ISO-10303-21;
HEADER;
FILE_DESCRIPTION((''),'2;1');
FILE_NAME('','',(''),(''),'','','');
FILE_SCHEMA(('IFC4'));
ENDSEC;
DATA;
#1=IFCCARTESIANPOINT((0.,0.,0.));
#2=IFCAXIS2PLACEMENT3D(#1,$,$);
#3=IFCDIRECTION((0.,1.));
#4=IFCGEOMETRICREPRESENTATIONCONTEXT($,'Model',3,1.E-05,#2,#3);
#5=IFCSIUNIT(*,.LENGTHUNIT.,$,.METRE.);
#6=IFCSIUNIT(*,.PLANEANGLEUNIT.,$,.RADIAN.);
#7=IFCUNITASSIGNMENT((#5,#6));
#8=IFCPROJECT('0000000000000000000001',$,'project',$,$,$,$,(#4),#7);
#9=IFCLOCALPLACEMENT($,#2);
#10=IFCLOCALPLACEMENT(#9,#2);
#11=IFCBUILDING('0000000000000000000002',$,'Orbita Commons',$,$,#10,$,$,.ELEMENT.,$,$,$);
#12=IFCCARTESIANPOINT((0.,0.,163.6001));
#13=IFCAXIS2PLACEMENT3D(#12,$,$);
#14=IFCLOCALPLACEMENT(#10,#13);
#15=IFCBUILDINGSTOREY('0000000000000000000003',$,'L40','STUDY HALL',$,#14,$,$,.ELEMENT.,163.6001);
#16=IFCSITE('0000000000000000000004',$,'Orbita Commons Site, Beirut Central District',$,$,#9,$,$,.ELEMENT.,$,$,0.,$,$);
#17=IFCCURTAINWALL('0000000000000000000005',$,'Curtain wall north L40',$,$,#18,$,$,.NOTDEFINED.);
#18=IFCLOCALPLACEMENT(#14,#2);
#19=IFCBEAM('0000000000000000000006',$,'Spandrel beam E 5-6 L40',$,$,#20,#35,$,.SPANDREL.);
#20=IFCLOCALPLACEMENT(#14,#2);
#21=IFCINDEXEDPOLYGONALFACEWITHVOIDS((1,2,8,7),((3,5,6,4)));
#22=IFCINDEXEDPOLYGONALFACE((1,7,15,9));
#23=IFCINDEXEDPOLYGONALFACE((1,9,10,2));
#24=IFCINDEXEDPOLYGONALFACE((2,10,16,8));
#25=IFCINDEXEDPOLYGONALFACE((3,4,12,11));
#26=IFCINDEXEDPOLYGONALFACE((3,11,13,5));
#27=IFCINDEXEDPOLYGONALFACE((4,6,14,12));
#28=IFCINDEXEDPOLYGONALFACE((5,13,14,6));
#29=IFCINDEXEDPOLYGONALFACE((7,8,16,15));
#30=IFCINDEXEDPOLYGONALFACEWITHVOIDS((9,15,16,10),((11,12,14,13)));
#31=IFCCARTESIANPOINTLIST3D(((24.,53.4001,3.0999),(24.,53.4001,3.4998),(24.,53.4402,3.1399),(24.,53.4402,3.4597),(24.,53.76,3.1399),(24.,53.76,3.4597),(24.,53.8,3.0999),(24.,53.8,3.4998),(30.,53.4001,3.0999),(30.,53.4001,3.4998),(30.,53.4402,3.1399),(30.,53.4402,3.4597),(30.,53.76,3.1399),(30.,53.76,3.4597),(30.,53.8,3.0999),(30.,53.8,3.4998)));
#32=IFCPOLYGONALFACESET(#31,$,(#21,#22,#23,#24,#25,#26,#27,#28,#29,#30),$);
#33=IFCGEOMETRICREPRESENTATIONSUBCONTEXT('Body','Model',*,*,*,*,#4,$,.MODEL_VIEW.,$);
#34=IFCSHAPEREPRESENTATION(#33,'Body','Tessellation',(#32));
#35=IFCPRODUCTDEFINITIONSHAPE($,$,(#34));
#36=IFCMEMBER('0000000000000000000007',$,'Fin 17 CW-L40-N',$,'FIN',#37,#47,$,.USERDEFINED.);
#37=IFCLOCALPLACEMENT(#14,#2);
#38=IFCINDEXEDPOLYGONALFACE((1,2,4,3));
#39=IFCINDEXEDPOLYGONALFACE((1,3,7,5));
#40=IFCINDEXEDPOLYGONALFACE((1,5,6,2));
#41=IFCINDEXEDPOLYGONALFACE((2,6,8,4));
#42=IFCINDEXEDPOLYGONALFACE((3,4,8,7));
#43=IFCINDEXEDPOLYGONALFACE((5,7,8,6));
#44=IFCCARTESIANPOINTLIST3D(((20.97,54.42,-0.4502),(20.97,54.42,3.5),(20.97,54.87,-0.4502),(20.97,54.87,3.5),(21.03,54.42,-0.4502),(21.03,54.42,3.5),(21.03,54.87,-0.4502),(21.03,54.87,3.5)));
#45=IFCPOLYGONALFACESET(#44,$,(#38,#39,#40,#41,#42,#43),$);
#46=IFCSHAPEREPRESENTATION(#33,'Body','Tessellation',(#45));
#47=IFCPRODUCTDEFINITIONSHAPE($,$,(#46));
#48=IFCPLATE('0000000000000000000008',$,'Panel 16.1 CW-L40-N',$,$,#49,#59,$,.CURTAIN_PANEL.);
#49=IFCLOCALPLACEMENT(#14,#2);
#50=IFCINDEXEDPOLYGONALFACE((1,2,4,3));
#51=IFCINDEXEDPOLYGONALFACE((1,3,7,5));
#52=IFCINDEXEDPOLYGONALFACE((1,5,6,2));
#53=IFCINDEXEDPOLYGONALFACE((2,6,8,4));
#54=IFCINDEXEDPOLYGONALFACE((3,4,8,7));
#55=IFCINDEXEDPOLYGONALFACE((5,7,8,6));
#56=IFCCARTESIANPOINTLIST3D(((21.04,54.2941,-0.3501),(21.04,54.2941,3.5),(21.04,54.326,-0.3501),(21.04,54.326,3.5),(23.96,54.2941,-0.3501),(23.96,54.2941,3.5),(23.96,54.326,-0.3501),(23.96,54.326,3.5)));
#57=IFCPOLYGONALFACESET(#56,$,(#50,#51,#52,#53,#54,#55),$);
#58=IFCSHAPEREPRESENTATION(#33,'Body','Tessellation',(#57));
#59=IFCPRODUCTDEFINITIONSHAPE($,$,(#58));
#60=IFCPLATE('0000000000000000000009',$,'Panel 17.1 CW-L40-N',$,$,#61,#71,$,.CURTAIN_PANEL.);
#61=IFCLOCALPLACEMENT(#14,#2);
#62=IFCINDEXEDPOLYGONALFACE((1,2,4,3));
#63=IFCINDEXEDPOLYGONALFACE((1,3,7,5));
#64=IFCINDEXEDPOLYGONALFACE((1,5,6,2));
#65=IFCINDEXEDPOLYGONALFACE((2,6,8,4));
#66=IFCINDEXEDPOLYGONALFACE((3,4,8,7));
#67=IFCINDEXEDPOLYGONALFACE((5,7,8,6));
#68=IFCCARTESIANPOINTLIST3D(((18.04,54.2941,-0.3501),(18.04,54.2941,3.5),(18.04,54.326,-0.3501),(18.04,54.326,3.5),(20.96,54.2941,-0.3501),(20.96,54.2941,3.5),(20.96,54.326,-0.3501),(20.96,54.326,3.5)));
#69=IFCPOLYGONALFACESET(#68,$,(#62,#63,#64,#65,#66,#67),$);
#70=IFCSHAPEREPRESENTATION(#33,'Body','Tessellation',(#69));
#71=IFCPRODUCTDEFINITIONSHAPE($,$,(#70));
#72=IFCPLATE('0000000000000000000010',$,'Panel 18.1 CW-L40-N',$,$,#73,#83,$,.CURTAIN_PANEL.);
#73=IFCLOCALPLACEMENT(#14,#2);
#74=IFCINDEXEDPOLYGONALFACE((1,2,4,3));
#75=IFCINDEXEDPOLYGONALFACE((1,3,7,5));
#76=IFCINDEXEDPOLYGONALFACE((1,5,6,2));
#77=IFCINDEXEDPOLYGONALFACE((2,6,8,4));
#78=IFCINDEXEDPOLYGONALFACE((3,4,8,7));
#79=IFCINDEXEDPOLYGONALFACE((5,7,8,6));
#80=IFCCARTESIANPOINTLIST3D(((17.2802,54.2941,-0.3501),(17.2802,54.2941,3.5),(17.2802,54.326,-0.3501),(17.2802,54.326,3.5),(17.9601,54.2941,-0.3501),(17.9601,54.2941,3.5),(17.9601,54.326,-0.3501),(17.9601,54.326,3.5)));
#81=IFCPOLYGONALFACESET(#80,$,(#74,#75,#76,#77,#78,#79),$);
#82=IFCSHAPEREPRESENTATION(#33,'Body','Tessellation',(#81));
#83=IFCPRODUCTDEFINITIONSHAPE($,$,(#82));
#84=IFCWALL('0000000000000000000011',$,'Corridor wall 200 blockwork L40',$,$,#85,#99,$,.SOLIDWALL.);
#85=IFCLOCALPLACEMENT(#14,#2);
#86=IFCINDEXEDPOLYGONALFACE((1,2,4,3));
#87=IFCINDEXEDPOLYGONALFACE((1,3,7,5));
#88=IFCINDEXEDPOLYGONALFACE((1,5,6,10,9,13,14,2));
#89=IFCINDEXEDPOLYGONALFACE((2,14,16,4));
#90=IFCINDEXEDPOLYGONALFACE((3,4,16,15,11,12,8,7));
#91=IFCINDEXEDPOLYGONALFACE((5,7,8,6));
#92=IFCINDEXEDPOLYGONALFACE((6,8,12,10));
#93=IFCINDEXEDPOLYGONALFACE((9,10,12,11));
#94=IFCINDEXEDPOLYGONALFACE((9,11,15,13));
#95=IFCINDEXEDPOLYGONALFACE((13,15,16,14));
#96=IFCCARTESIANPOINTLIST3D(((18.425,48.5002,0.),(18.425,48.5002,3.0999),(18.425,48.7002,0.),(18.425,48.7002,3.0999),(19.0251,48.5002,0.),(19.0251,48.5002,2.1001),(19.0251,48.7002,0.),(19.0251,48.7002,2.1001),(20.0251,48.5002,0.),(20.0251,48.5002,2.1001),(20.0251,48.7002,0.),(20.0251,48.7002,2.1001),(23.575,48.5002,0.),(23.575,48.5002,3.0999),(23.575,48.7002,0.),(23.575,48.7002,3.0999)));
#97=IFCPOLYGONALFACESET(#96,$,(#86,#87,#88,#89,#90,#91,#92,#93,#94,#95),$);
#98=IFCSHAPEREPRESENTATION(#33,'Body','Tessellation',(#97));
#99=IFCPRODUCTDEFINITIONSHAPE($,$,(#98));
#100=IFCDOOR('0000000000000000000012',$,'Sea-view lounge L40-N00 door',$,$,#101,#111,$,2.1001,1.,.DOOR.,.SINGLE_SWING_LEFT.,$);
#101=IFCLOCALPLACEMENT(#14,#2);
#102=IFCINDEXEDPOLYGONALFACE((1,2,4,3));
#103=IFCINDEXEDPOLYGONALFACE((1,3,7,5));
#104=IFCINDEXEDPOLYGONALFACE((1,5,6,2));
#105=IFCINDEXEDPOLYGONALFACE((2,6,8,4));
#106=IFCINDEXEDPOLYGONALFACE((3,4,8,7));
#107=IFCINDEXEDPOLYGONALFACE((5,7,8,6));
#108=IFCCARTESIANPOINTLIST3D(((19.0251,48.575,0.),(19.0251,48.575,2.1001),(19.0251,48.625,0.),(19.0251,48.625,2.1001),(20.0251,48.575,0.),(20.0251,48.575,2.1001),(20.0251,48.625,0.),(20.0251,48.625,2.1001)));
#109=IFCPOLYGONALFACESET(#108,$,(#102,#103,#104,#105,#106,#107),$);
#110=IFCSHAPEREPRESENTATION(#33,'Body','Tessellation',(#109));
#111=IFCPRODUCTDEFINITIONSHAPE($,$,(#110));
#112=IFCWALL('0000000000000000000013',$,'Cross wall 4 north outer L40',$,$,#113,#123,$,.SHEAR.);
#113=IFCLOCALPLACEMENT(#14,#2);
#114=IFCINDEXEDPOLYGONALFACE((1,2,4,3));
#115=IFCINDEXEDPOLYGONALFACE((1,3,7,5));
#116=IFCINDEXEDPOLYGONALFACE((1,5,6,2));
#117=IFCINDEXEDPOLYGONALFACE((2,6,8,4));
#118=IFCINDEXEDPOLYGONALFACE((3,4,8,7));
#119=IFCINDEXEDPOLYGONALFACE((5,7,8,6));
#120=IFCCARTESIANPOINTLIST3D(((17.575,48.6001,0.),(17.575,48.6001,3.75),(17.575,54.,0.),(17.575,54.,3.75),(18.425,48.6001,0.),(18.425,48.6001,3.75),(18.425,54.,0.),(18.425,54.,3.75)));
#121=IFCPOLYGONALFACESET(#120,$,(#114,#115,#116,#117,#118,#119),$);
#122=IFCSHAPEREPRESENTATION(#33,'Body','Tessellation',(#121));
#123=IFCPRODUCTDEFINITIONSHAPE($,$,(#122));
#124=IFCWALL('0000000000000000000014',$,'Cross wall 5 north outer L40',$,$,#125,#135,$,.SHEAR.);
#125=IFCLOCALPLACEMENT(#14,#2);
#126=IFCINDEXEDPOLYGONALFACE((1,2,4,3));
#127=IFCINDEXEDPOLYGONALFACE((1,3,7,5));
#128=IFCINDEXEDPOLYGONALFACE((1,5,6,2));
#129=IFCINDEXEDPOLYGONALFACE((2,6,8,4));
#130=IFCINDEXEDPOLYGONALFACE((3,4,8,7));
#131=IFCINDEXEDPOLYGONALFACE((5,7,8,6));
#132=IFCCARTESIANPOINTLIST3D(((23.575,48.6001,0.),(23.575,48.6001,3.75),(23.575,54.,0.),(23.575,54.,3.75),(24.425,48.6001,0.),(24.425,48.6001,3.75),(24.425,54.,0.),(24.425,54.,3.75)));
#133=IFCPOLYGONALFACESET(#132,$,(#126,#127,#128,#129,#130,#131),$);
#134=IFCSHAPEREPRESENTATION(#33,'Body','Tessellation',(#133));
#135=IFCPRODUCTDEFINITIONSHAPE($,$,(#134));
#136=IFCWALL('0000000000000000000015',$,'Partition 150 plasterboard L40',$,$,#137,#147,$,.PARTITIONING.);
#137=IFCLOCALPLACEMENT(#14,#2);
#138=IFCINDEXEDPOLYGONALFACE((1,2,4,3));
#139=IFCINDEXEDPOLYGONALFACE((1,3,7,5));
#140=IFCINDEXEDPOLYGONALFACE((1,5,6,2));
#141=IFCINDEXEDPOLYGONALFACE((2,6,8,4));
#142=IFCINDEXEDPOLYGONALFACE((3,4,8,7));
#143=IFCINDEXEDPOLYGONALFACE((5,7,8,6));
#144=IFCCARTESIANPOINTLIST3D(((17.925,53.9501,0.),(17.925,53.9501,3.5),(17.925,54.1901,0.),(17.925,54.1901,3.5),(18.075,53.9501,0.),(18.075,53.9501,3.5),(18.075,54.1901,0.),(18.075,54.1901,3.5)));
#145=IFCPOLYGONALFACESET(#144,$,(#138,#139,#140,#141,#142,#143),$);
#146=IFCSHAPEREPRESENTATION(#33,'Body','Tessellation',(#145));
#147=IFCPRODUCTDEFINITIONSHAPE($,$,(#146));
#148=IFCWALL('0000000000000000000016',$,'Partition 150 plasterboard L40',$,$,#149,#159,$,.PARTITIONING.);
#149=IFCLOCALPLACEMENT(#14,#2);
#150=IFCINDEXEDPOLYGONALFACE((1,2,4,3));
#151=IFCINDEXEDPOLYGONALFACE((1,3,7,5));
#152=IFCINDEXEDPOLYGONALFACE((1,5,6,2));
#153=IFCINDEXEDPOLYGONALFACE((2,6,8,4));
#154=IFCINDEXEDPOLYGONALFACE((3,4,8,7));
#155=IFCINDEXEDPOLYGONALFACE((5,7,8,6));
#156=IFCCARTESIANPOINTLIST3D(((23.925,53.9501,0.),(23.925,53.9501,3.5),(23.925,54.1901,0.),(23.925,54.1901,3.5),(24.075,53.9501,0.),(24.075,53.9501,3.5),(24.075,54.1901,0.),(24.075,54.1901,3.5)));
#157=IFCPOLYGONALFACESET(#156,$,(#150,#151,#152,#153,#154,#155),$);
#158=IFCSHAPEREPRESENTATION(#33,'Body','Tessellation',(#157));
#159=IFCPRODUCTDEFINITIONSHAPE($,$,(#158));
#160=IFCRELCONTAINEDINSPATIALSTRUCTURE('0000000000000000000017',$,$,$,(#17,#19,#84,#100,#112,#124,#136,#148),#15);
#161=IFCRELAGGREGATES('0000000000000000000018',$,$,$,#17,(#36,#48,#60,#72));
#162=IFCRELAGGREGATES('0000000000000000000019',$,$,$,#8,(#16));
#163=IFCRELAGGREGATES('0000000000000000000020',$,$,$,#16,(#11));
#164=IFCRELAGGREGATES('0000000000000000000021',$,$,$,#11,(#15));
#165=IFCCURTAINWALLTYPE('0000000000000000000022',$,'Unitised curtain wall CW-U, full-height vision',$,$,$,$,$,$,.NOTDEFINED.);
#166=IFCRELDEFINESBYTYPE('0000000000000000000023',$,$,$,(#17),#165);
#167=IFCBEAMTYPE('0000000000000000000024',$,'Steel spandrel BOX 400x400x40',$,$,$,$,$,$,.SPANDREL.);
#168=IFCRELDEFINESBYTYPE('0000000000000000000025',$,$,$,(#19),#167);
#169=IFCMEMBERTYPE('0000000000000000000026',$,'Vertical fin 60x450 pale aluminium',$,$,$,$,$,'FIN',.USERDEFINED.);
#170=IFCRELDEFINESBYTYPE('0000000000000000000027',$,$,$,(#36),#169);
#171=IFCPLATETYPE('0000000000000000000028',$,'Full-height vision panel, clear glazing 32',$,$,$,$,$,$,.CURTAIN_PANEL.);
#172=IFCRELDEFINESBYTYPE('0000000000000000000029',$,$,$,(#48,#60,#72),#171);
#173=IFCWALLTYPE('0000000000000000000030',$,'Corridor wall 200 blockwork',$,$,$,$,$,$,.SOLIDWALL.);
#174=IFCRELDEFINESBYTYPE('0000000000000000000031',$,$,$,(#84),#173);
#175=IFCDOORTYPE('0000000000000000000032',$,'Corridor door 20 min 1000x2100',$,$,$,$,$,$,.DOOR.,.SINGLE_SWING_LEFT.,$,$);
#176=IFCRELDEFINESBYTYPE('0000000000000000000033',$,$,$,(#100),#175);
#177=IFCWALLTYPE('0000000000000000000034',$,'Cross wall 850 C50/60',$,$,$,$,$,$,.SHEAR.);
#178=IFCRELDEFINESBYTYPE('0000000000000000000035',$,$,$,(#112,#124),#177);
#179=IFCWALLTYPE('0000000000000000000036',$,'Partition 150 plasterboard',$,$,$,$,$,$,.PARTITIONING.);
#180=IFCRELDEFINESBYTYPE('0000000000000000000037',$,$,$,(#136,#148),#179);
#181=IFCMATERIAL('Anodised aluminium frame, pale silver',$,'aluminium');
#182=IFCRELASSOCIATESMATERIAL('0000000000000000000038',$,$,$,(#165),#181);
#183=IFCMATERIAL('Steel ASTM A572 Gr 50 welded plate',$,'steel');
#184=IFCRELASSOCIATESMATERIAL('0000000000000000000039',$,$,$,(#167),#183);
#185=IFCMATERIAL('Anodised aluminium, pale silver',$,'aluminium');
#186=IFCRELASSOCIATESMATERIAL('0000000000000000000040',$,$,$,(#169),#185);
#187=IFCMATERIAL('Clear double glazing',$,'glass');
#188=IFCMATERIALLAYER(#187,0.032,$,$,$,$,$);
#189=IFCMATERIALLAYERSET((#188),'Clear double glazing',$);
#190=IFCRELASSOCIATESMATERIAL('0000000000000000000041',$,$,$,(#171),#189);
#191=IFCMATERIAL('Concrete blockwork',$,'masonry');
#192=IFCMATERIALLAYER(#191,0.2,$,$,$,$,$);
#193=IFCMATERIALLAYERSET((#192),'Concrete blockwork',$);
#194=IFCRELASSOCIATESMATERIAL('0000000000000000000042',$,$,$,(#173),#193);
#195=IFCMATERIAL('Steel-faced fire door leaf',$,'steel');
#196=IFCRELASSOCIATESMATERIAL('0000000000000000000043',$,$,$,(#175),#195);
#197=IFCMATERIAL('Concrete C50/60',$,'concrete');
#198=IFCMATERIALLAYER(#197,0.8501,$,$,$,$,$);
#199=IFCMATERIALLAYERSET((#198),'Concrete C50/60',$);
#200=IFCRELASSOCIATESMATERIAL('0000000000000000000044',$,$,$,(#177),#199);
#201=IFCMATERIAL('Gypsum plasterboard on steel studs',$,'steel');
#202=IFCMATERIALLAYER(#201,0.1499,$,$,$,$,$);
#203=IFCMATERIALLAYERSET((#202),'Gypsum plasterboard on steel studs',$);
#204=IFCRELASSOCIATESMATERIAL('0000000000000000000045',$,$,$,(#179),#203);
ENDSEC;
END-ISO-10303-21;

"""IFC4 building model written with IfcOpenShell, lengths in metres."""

from ifc_helpers import new_model, si_unit, direction, frame, frame_2d, origin, origin_2d, place, context, subcontext, project, spatial, polyline, rectangle, hollow_rectangle, outline, extrude, material, layer, layer_set, material_profile, profile_set, type_object, element, fill, aggregate, save


model = new_model("IFC4")

# Units and contexts
model_context = context("Model", 3, precision=1e-05, world=origin(), true_north=direction((0.0, 1.0)))
body_context = subcontext(model_context, "Body", "Model", "MODEL_VIEW")
ifc_project = project(units=[si_unit("LENGTHUNIT", "METRE"), si_unit("PLANEANGLEUNIT", "RADIAN")], contexts=[model_context])

# Site, building, storey
site_placement = place(None, origin())
site = spatial("IfcSite", under=ifc_project, at=site_placement, Name="Orbita Commons Site, Beirut Central District", CompositionType="ELEMENT", RefElevation=0.0)
building_placement = place(site_placement, origin())
building = spatial("IfcBuilding", under=site, at=building_placement, Name="Orbita Commons", CompositionType="ELEMENT")
storey_placement = place(building_placement, frame((0.0, 0.0, 163.6001)))
storey = spatial("IfcBuildingStorey", under=building, at=storey_placement, Name="L40", Description="STUDY HALL", CompositionType="ELEMENT", Elevation=163.6001)

# Curtain wall
ifc_material_1 = material(Name="Anodised aluminium frame, pale silver", Category="aluminium")
curtain_wall_type = type_object("IfcCurtainWallType", Name="Unitised curtain wall CW-U, full-height vision", PredefinedType="NOTDEFINED", material=ifc_material_1)
curtain_wall_placement = place(storey_placement, origin())
curtain_wall = element("IfcCurtainWall", 1, at=curtain_wall_placement, inside=storey, type_object=curtain_wall_type, Name="Curtain wall north L40", PredefinedType="NOTDEFINED")

# Beam
ifc_material_2 = material(Name="Steel ASTM A572 Gr 50 welded plate", Category="steel")
ifc_material_profile_1 = material_profile(ifc_material_2, hollow_rectangle(XDim=0.3999, YDim=0.3999, WallThickness=0.04, at=origin_2d()), Name="BOX 400x400x40")
ifc_profile_set_1 = profile_set([ifc_material_profile_1], Name="Steel ASTM A572 Gr 50 welded plate")
beam_type_1 = type_object("IfcBeamType", Name="Steel spandrel BOX 400x400x40", PredefinedType="SPANDREL", material=ifc_profile_set_1)
for number, where, z_axis, x_axis, name in (
    (2, (24.0, 53.6001, 3.2998), (1.0, 0.0, 0.0), (0.0, 1.0, 0.0), "Spandrel beam E 5-6 L40"),
):
    element("IfcBeam", number, at=place(storey_placement, frame(where, z_axis=z_axis, x_axis=x_axis)), inside=storey, type_object=beam_type_1, Name=name, PredefinedType="SPANDREL", context=body_context, shape_type="SweptSolid", body=[
        extrude(hollow_rectangle(XDim=0.3999, YDim=0.3999, WallThickness=0.04, at=origin_2d()), origin(), (0.0, 0.0, 1.0), 6.0),
    ])

# Member
ifc_material_3 = material(Name="Anodised aluminium, pale silver", Category="aluminium")
ifc_material_profile_2 = material_profile(ifc_material_3, rectangle(XDim=0.0601, YDim=0.45, at=origin_2d()), Name="FIN 60x450")
ifc_profile_set_2 = profile_set([ifc_material_profile_2], Name="Anodised aluminium, pale silver")
member_type_1 = type_object("IfcMemberType", Name="Vertical fin 60x450 pale aluminium", ElementType="FIN", PredefinedType="USERDEFINED", material=ifc_profile_set_2)
member_1_placement = place(storey_placement, frame((21.0, 54.645, -0.4502), z_axis=(0.0, 0.0, 1.0), x_axis=(-1.0, 0.0, 0.0)))
member_1 = element("IfcMember", 3, at=member_1_placement, type_object=member_type_1, Name="Fin 17 CW-L40-N", ObjectType="FIN", PredefinedType="USERDEFINED", context=body_context, shape_type="SweptSolid", body=[
    extrude(rectangle(XDim=0.0601, YDim=0.45, at=origin_2d()), origin(), (0.0, 0.0, 1.0), 3.9502),
])

# Plates
ifc_material_4 = material(Name="Clear double glazing", Category="glass")
ifc_layer_1 = layer(ifc_material_4, 0.032)
ifc_layer_set_1 = layer_set([ifc_layer_1], Name="Clear double glazing")
plate_type = type_object("IfcPlateType", Name="Full-height vision panel, clear glazing 32", PredefinedType="CURTAIN_PANEL", material=ifc_layer_set_1)
plate_1_placement = place(storey_placement, frame((22.5, 54.3101, -0.3501), z_axis=(0.0, 0.0, 1.0), x_axis=(-1.0, 0.0, 0.0)))
plate_1 = element("IfcPlate", 4, at=plate_1_placement, type_object=plate_type, Name="Panel 16.1 CW-L40-N", PredefinedType="CURTAIN_PANEL", context=body_context, shape_type="SweptSolid", body=[
    extrude(rectangle(XDim=2.9199, YDim=0.032, at=origin_2d()), origin(), (0.0, 0.0, 1.0), 3.8501),
])
plate_2_placement = place(storey_placement, frame((19.5, 54.3101, -0.3501), z_axis=(0.0, 0.0, 1.0), x_axis=(-1.0, 0.0, 0.0)))
plate_2 = element("IfcPlate", 5, at=plate_2_placement, type_object=plate_type, Name="Panel 17.1 CW-L40-N", PredefinedType="CURTAIN_PANEL", context=body_context, shape_type="SweptSolid", body=[
    extrude(rectangle(XDim=2.9199, YDim=0.032, at=origin_2d()), origin(), (0.0, 0.0, 1.0), 3.8501),
])
plate_3_placement = place(storey_placement, frame((17.6201, 54.3101, -0.3501), z_axis=(0.0, 0.0, 1.0), x_axis=(-1.0, 0.0, 0.0)))
plate_3 = element("IfcPlate", 6, at=plate_3_placement, type_object=plate_type, Name="Panel 18.1 CW-L40-N", PredefinedType="CURTAIN_PANEL", context=body_context, shape_type="SweptSolid", body=[
    extrude(rectangle(XDim=0.6799, YDim=0.032, at=origin_2d()), origin(), (0.0, 0.0, 1.0), 3.8501),
])
aggregate(curtain_wall, [member_1, plate_1, plate_2, plate_3])

# Wall, opening, door
ifc_material_5 = material(Name="Concrete blockwork", Category="masonry")
ifc_layer_2 = layer(ifc_material_5, 0.2)
ifc_layer_set_2 = layer_set([ifc_layer_2], Name="Concrete blockwork")
wall_type_1 = type_object("IfcWallType", Name="Corridor wall 200 blockwork", PredefinedType="SOLIDWALL", material=ifc_layer_set_2)
wall_1_placement = place(storey_placement, frame((18.425, 48.6001, 0.0), z_axis=(0.0, 0.0, 1.0), x_axis=(1.0, 0.0, 0.0)))
wall_1 = element("IfcWall", 7, at=wall_1_placement, inside=storey, type_object=wall_type_1, Name="Corridor wall 200 blockwork L40", PredefinedType="SOLIDWALL", context=body_context, shape_type="SweptSolid", body=[
    extrude(outline(polyline([(0.0, 0.0), (5.1499, 0.0), (5.1499, 3.0999), (0.0, 3.0999), (0.0, 0.0)])), frame((0.0, 0.1001, 0.0), z_axis=(0.0, -1.0, 0.0), x_axis=(1.0, 0.0, 0.0)), (0.0, 0.0, 1.0), 0.2),
])
opening_1_placement = place(wall_1_placement, frame((0.6001, 0.0, 0.0)))
opening_1 = element("IfcOpeningElement", 8, at=opening_1_placement, cuts=wall_1, PredefinedType="OPENING", context=body_context, shape_type="SweptSolid", body=[
    extrude(rectangle(XDim=1.0, YDim=2.1001, at=frame_2d((0.5, 1.05))), frame((0.0, 0.1099, 0.0), z_axis=(0.0, -1.0, 0.0), x_axis=(1.0, 0.0, 0.0)), (0.0, 0.0, 1.0), 0.22),
])
ifc_material_6 = material(Name="Steel-faced fire door leaf", Category="steel")
door_type = type_object("IfcDoorType", Name="Corridor door 20 min 1000x2100", OperationType="SINGLE_SWING_LEFT", PredefinedType="DOOR", material=ifc_material_6)
door_placement = place(opening_1_placement, origin())
door = element("IfcDoor", 9, at=door_placement, inside=storey, type_object=door_type, Name="Sea-view lounge L40-N00 door", OperationType="SINGLE_SWING_LEFT", OverallHeight=2.1001, OverallWidth=1.0, PredefinedType="DOOR", context=body_context, shape_type="SweptSolid", body=[
    extrude(rectangle(XDim=1.0, YDim=2.1001, at=frame_2d((0.5, 1.05))), frame((0.0, 0.0249, 0.0), z_axis=(0.0, -1.0, 0.0), x_axis=(1.0, 0.0, 0.0)), (0.0, 0.0, 1.0), 0.05),
])
fill(opening_1, door)

# Walls
ifc_material_7 = material(Name="Concrete C50/60", Category="concrete")
ifc_layer_3 = layer(ifc_material_7, 0.8501)
ifc_layer_set_3 = layer_set([ifc_layer_3], Name="Concrete C50/60")
wall_type_2 = type_object("IfcWallType", Name="Cross wall 850 C50/60", PredefinedType="SHEAR", material=ifc_layer_set_3)
for number, where, z_axis, x_axis, name in (
    (10, (18.0, 48.6001, 0.0), (0.0, 0.0, 1.0), (0.0, 1.0, 0.0), "Cross wall 4 north outer L40"),
    (11, (24.0, 48.6001, 0.0), (0.0, 0.0, 1.0), (0.0, 1.0, 0.0), "Cross wall 5 north outer L40"),
):
    element("IfcWall", number, at=place(storey_placement, frame(where, z_axis=z_axis, x_axis=x_axis)), inside=storey, type_object=wall_type_2, Name=name, PredefinedType="SHEAR", context=body_context, shape_type="SweptSolid", body=[
        extrude(rectangle(XDim=5.3999, YDim=0.8501, at=frame_2d((2.7, 0.0))), origin(), (0.0, 0.0, 1.0), 3.75),
    ])
ifc_material_8 = material(Name="Gypsum plasterboard on steel studs", Category="steel")
ifc_layer_4 = layer(ifc_material_8, 0.1499)
ifc_layer_set_4 = layer_set([ifc_layer_4], Name="Gypsum plasterboard on steel studs")
wall_type_3 = type_object("IfcWallType", Name="Partition 150 plasterboard", PredefinedType="PARTITIONING", material=ifc_layer_set_4)
for number, where, z_axis, x_axis, name in (
    (12, (18.0, 53.95, 0.0), (0.0, 0.0, 1.0), (0.0, 1.0, 0.0), "Partition 150 plasterboard L40"),
    (13, (24.0, 53.95, 0.0), (0.0, 0.0, 1.0), (0.0, 1.0, 0.0), "Partition 150 plasterboard L40"),
):
    element("IfcWall", number, at=place(storey_placement, frame(where, z_axis=z_axis, x_axis=x_axis)), inside=storey, type_object=wall_type_3, Name=name, PredefinedType="PARTITIONING", context=body_context, shape_type="SweptSolid", body=[
        extrude(rectangle(XDim=0.24, YDim=0.1499, at=frame_2d((0.1201, 0.0))), origin(), (0.0, 0.0, 1.0), 3.5),
    ])

save(model, "model.ifc")
